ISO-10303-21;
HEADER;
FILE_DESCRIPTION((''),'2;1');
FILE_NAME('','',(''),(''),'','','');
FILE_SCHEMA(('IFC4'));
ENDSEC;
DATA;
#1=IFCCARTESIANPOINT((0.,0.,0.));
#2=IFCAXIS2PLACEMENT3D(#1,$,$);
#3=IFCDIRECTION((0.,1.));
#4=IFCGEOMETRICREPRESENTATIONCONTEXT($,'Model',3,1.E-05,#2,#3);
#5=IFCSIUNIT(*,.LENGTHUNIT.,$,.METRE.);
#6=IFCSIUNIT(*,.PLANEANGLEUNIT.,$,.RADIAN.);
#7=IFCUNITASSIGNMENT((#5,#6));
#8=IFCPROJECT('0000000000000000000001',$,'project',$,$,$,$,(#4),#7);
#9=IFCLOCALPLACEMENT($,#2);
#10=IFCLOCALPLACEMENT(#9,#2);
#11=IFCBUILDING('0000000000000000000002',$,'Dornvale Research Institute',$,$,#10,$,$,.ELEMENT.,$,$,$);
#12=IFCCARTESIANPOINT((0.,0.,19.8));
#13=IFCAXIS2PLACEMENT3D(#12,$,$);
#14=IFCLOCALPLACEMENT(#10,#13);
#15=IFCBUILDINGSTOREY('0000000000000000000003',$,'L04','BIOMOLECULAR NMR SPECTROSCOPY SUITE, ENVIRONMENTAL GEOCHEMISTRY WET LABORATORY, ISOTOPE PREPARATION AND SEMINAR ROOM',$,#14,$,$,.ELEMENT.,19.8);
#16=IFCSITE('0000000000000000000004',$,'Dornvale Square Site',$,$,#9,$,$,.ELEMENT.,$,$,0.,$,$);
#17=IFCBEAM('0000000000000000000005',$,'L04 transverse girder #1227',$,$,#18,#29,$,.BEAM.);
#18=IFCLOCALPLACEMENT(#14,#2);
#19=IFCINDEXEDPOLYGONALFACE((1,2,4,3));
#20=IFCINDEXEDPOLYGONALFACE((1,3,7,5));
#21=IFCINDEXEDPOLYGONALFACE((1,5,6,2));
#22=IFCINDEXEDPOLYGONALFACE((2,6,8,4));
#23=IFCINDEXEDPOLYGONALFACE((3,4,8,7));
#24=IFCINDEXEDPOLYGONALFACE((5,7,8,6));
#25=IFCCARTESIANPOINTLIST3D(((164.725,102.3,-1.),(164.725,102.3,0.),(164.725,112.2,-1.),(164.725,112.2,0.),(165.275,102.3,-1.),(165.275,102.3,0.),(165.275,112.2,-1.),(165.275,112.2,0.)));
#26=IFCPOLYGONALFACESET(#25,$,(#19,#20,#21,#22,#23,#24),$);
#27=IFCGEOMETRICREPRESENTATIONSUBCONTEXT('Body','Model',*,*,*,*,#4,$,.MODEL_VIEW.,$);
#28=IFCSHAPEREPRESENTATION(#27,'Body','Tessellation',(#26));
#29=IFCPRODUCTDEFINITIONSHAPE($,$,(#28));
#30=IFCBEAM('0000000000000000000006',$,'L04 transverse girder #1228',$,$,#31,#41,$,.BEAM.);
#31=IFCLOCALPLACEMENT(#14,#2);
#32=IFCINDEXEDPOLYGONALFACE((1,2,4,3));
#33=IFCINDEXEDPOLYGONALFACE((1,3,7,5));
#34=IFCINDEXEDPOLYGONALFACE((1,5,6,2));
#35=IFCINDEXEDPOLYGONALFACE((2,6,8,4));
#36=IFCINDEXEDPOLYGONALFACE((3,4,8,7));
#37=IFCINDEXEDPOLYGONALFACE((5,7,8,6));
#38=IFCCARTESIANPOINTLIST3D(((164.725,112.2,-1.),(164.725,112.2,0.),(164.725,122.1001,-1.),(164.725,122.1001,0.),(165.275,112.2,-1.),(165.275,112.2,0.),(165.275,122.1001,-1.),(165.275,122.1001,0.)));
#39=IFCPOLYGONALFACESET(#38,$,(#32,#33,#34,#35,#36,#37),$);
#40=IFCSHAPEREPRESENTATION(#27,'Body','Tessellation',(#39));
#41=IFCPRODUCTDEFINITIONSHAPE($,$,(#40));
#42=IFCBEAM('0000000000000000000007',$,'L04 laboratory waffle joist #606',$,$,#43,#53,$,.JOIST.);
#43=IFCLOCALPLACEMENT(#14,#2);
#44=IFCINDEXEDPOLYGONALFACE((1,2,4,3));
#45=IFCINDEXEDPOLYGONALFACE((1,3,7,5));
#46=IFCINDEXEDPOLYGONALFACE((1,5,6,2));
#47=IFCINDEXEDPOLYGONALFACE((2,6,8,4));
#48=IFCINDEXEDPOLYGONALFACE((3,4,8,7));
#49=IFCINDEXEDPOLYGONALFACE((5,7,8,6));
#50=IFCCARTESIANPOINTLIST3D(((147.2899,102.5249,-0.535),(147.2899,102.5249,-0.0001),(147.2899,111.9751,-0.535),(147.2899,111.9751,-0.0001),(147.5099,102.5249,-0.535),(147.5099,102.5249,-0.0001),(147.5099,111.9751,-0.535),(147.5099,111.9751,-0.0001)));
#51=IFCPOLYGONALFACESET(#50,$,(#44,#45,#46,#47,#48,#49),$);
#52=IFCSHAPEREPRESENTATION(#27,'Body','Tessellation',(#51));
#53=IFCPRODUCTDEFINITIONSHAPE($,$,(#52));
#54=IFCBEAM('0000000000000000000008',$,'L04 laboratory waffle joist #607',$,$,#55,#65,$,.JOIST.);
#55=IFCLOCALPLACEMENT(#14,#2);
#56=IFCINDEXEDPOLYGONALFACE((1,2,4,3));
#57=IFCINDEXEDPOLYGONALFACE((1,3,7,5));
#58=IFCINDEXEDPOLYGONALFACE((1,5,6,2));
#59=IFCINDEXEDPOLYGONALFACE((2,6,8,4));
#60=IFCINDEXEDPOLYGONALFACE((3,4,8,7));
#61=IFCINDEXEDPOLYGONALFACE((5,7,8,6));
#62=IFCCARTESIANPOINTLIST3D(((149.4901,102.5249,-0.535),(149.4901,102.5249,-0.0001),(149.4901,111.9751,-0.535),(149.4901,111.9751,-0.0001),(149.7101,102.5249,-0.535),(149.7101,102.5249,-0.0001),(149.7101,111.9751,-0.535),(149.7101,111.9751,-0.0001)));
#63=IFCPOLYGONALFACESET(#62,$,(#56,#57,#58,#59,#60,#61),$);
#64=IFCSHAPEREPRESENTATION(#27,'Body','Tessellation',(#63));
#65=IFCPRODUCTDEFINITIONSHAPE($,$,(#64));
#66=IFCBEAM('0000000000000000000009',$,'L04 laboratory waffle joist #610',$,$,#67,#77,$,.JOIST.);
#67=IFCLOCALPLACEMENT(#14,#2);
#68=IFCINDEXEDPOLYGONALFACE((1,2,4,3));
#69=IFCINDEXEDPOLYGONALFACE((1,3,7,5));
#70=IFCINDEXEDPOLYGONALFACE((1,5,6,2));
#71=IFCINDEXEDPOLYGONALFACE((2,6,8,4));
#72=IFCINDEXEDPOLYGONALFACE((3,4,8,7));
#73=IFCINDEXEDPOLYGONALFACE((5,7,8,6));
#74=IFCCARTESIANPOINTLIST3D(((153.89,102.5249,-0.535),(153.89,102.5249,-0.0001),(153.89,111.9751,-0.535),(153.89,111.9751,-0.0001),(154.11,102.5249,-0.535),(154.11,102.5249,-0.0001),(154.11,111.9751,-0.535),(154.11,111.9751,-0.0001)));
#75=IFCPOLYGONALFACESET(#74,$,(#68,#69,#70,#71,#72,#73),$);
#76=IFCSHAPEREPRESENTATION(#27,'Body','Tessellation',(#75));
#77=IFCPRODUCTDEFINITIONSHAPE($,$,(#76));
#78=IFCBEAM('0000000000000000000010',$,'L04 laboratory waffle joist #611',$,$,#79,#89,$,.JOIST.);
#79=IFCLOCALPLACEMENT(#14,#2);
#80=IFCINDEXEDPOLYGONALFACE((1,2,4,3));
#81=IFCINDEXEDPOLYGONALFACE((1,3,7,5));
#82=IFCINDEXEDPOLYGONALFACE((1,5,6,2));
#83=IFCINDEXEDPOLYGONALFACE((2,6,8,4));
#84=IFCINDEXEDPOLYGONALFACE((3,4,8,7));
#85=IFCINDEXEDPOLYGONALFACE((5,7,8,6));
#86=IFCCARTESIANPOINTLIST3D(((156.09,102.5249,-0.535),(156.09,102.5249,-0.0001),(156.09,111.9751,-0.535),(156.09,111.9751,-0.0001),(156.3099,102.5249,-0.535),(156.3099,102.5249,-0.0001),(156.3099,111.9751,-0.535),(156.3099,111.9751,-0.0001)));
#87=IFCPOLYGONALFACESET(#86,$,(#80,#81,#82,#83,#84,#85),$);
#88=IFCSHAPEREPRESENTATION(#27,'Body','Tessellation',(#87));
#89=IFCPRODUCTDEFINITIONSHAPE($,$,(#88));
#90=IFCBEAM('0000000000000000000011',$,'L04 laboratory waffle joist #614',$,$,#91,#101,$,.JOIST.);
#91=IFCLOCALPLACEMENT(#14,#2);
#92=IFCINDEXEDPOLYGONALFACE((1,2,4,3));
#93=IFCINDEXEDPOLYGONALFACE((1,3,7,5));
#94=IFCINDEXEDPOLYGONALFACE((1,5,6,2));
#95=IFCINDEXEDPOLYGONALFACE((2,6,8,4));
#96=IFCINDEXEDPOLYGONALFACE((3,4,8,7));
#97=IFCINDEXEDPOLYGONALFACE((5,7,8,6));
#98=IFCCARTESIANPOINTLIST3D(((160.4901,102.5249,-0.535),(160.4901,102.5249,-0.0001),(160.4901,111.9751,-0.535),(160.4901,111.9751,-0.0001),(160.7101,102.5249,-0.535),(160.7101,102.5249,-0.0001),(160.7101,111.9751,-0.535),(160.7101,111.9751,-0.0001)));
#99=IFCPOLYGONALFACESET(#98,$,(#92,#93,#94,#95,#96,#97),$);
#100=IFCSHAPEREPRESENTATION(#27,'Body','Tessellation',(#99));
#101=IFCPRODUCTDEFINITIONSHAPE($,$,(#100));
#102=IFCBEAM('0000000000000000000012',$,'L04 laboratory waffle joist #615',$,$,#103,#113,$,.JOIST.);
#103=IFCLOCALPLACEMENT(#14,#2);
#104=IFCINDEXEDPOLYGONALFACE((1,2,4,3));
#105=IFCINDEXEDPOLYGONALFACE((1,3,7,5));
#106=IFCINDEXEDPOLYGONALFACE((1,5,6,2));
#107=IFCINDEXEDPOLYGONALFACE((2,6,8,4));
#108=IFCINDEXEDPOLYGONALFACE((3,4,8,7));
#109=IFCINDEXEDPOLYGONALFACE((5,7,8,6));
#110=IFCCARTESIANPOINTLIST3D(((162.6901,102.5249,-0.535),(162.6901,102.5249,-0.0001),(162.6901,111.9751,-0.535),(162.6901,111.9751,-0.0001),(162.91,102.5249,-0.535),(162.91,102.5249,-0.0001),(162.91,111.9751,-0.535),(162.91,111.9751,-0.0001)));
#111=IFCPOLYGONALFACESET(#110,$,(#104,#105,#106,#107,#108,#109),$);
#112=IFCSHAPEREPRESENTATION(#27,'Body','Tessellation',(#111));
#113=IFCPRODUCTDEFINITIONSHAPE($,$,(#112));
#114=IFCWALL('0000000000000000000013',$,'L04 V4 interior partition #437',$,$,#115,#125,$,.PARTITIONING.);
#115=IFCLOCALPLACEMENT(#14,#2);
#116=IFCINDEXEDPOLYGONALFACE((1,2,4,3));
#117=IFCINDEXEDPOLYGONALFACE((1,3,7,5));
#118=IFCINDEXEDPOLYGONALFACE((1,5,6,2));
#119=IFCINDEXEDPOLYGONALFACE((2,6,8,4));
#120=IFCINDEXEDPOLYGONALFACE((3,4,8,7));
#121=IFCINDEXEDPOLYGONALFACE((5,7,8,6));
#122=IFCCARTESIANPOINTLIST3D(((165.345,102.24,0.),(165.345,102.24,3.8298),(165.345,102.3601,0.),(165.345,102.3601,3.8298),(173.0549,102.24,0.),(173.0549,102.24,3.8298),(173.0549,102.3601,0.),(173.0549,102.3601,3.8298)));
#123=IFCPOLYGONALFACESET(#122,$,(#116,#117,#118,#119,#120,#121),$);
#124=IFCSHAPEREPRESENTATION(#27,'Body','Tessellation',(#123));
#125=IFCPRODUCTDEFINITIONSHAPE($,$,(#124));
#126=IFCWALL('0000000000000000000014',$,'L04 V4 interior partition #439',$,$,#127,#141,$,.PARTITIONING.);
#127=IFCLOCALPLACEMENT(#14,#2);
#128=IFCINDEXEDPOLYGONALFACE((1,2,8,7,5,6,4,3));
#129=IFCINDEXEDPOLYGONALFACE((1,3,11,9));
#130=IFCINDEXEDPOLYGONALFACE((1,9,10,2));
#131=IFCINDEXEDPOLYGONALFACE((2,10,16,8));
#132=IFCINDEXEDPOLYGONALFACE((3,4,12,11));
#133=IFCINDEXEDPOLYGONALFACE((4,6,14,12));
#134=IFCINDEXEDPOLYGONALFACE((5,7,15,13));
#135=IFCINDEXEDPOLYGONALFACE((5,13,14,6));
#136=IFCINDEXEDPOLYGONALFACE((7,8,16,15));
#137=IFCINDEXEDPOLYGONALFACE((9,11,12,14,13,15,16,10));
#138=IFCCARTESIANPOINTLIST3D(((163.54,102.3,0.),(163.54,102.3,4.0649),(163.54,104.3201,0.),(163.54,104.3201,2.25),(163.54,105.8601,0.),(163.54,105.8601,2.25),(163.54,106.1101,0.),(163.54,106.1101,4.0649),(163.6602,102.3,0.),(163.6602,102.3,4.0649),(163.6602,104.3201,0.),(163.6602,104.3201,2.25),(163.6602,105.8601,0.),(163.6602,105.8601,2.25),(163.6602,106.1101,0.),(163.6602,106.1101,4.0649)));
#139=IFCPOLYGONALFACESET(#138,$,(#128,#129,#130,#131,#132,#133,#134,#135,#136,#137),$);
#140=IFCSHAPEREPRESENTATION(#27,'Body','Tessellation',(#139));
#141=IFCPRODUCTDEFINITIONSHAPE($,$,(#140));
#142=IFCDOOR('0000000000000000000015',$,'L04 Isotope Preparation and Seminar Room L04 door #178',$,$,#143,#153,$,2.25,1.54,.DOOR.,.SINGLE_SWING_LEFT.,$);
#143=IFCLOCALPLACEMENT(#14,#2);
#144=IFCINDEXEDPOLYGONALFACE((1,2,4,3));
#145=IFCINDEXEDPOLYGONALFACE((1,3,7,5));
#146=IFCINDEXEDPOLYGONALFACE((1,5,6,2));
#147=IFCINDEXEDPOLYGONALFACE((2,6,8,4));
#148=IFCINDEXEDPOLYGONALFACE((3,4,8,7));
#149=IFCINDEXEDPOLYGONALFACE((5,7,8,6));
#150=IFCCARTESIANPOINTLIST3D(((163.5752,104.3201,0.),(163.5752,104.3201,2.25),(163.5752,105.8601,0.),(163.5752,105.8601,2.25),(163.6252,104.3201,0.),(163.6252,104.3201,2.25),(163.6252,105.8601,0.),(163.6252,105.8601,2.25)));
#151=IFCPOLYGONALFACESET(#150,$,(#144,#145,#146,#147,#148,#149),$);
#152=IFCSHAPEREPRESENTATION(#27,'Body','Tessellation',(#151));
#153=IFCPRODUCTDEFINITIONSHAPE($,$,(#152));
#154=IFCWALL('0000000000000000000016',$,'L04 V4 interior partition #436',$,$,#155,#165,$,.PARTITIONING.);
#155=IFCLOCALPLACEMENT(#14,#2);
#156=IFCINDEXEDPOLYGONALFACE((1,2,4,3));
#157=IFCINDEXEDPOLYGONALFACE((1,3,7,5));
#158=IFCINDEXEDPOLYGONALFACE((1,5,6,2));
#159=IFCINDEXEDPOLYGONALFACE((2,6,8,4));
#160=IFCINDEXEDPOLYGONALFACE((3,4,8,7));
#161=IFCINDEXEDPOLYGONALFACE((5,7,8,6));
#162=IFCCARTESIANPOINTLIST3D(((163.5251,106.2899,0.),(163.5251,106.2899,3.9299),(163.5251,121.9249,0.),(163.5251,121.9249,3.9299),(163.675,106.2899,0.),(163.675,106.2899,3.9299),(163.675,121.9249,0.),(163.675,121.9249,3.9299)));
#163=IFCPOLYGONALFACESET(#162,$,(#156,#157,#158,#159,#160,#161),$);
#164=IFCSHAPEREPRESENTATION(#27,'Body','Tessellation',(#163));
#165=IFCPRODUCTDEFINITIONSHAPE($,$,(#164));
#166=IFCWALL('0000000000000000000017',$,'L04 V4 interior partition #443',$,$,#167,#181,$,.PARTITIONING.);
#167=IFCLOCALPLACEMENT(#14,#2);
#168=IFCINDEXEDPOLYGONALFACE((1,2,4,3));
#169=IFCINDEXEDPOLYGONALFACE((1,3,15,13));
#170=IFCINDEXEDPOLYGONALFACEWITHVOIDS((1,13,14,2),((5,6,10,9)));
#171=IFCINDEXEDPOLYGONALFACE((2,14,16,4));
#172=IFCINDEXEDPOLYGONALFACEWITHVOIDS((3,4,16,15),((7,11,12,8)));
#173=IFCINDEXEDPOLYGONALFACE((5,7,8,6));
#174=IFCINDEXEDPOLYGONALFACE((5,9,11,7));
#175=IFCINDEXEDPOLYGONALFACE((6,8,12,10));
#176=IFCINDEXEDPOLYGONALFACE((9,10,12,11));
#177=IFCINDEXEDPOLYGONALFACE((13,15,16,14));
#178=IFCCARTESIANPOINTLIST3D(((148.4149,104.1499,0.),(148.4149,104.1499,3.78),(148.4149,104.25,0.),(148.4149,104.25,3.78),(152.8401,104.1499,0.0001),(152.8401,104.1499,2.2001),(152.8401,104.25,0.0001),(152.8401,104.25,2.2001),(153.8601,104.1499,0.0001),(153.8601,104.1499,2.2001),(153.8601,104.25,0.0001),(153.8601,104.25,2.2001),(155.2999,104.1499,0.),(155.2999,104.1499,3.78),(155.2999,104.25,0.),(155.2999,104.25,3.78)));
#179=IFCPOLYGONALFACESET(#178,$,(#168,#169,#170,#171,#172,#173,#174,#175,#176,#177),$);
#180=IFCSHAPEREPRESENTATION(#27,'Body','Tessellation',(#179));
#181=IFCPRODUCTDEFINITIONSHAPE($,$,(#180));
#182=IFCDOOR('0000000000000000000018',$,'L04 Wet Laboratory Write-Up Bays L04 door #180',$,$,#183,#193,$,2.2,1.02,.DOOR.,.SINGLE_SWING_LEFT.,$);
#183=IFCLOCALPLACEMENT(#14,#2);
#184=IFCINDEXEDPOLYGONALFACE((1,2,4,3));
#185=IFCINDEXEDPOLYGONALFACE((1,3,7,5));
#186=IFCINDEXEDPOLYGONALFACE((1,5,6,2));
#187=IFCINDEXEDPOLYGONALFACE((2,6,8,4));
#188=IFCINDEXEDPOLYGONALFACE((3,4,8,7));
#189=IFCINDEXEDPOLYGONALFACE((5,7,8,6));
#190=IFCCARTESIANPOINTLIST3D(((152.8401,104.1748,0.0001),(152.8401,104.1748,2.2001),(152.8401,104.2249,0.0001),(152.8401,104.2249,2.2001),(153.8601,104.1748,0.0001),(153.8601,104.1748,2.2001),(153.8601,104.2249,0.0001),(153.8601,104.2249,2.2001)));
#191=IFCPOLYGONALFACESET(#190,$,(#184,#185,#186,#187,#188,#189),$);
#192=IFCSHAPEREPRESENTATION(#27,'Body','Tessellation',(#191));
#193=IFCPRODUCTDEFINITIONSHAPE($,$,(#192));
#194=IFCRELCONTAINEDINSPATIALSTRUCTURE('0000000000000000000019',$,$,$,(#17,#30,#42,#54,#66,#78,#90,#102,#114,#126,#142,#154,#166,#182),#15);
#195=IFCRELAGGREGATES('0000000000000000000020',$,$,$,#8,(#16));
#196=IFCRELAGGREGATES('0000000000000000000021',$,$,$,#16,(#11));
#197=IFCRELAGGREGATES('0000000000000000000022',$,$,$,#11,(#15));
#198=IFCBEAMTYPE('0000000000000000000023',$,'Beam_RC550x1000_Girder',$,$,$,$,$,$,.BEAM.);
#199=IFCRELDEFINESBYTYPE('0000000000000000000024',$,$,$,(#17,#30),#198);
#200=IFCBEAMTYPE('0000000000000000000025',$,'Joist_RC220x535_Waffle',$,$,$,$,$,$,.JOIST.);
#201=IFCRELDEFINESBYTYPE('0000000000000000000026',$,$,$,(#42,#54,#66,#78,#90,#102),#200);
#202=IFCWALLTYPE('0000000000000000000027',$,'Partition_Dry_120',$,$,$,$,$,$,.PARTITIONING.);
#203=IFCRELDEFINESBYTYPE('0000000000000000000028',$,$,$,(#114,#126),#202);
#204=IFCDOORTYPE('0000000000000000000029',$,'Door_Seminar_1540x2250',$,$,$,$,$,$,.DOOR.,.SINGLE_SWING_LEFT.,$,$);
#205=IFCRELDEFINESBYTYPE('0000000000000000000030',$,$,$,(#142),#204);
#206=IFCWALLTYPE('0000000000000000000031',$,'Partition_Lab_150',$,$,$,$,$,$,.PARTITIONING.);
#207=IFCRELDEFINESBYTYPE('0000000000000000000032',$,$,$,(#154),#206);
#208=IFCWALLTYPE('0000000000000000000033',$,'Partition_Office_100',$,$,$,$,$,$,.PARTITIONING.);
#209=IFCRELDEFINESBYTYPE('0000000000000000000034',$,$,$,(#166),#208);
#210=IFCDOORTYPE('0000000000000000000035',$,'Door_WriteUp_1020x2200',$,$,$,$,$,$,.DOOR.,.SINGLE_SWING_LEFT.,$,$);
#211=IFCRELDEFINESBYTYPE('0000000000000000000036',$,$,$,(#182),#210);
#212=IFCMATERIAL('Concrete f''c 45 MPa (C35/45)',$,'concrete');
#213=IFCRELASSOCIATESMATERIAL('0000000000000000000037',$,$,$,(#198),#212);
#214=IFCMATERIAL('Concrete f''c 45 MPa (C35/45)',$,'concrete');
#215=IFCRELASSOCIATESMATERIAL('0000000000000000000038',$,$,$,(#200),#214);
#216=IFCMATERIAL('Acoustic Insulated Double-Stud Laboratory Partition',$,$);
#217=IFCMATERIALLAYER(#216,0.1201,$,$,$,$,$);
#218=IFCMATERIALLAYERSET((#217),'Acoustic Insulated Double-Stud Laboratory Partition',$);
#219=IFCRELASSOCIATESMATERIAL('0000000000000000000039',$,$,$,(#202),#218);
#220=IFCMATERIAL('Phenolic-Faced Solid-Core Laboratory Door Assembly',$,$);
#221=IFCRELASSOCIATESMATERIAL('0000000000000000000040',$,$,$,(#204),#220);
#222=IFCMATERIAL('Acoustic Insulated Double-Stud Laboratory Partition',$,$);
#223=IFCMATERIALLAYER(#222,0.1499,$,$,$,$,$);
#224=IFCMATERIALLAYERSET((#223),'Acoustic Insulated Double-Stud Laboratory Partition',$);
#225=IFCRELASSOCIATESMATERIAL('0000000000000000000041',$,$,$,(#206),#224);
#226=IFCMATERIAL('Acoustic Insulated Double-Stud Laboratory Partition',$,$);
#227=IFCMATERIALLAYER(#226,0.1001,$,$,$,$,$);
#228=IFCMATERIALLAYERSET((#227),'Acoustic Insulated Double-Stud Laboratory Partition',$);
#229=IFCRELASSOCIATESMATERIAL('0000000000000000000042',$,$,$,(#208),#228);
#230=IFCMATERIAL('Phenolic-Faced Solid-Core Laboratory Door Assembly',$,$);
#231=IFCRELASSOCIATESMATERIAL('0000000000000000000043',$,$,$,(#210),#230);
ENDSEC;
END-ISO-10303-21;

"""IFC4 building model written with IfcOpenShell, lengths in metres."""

from ifc_helpers import new_model, si_unit, direction, frame, frame_2d, origin, origin_2d, place, context, subcontext, project, spatial, rectangle, extrude, material, layer, layer_set, material_profile, profile_set, type_object, element, fill, save


model = new_model("IFC4")

# Units and contexts
model_context = context("Model", 3, precision=1e-05, world=origin(), true_north=direction((0.0, 1.0)))
body_context = subcontext(model_context, "Body", "Model", "MODEL_VIEW")
ifc_project = project(units=[si_unit("LENGTHUNIT", "METRE"), si_unit("PLANEANGLEUNIT", "RADIAN")], contexts=[model_context])

# Site, building, storey
site_placement = place(None, origin())
site = spatial("IfcSite", under=ifc_project, at=site_placement, Name="Dornvale Square Site", CompositionType="ELEMENT", RefElevation=0.0)
building_placement = place(site_placement, origin())
building = spatial("IfcBuilding", under=site, at=building_placement, Name="Dornvale Research Institute", CompositionType="ELEMENT")
storey_placement = place(building_placement, frame((0.0, 0.0, 19.8)))
storey = spatial("IfcBuildingStorey", under=building, at=storey_placement, Name="L04", Description="BIOMOLECULAR NMR SPECTROSCOPY SUITE, ENVIRONMENTAL GEOCHEMISTRY WET LABORATORY, ISOTOPE PREPARATION AND SEMINAR ROOM", CompositionType="ELEMENT", Elevation=19.8)

# Beams
ifc_material_1 = material(Name="Concrete f'c 45 MPa (C35/45)", Category="concrete")
ifc_material_profile_1 = material_profile(ifc_material_1, rectangle(XDim=0.55, YDim=1.0, at=origin_2d()), Name="RC 550x1000")
ifc_profile_set_1 = profile_set([ifc_material_profile_1], Name="Concrete f'c 45 MPa (C35/45)")
beam_type_1 = type_object("IfcBeamType", Name="Beam_RC550x1000_Girder", PredefinedType="BEAM", material=ifc_profile_set_1)
beam_1_placement = place(storey_placement, frame((165.0, 102.3, -0.5), z_axis=(0.0, 1.0, 0.0), x_axis=(-1.0, 0.0, 0.0)))
element("IfcBeam", 1, at=beam_1_placement, inside=storey, type_object=beam_type_1, Name="L04 transverse girder #1227", PredefinedType="BEAM", context=body_context, shape_type="SweptSolid", body=[
    extrude(rectangle(XDim=0.55, YDim=1.0, at=origin_2d()), origin(), (0.0, 0.0, 1.0), 9.8999),
])
beam_2_placement = place(storey_placement, frame((165.0, 112.2, -0.5), z_axis=(0.0, 1.0, 0.0), x_axis=(-1.0, 0.0, 0.0)))
element("IfcBeam", 2, at=beam_2_placement, inside=storey, type_object=beam_type_1, Name="L04 transverse girder #1228", PredefinedType="BEAM", context=body_context, shape_type="SweptSolid", body=[
    extrude(rectangle(XDim=0.55, YDim=1.0, at=origin_2d()), origin(), (0.0, 0.0, 1.0), 9.9001),
])
ifc_material_2 = material(Name="Concrete f'c 45 MPa (C35/45)", Category="concrete")
ifc_material_profile_2 = material_profile(ifc_material_2, rectangle(XDim=0.22, YDim=0.5349, at=origin_2d()), Name="RC 220x535")
ifc_profile_set_2 = profile_set([ifc_material_profile_2], Name="Concrete f'c 45 MPa (C35/45)")
beam_type_2 = type_object("IfcBeamType", Name="Joist_RC220x535_Waffle", PredefinedType="JOIST", material=ifc_profile_set_2)
for number, where, z_axis, x_axis, name in (
    (3, (147.3999, 102.5249, -0.2676), (0.0, 1.0, 0.0), (-1.0, 0.0, 0.0), "L04 laboratory waffle joist #606"),
    (4, (149.6001, 102.5249, -0.2676), (0.0, 1.0, 0.0), (-1.0, 0.0, 0.0), "L04 laboratory waffle joist #607"),
    (5, (154.0, 102.5249, -0.2676), (0.0, 1.0, 0.0), (-1.0, 0.0, 0.0), "L04 laboratory waffle joist #610"),
    (6, (156.2, 102.5249, -0.2676), (0.0, 1.0, 0.0), (-1.0, 0.0, 0.0), "L04 laboratory waffle joist #611"),
    (7, (160.6001, 102.5249, -0.2676), (0.0, 1.0, 0.0), (-1.0, 0.0, 0.0), "L04 laboratory waffle joist #614"),
    (8, (162.8, 102.5249, -0.2676), (0.0, 1.0, 0.0), (-1.0, 0.0, 0.0), "L04 laboratory waffle joist #615"),
):
    element("IfcBeam", number, at=place(storey_placement, frame(where, z_axis=z_axis, x_axis=x_axis)), inside=storey, type_object=beam_type_2, Name=name, PredefinedType="JOIST", context=body_context, shape_type="SweptSolid", body=[
        extrude(rectangle(XDim=0.22, YDim=0.5349, at=origin_2d()), origin(), (0.0, 0.0, 1.0), 9.4502),
    ])

# Wall
ifc_material_3 = material(Name="Acoustic Insulated Double-Stud Laboratory Partition")
ifc_layer_1 = layer(ifc_material_3, 0.1201)
ifc_layer_set_1 = layer_set([ifc_layer_1], Name="Acoustic Insulated Double-Stud Laboratory Partition")
wall_type_1 = type_object("IfcWallType", Name="Partition_Dry_120", PredefinedType="PARTITIONING", material=ifc_layer_set_1)
wall_1_placement = place(storey_placement, frame((165.345, 102.3, 0.0), z_axis=(0.0, 0.0, 1.0), x_axis=(1.0, 0.0, 0.0)))
element("IfcWall", 9, at=wall_1_placement, inside=storey, type_object=wall_type_1, Name="L04 V4 interior partition #437", PredefinedType="PARTITIONING", context=body_context, shape_type="SweptSolid", body=[
    extrude(rectangle(XDim=7.71, YDim=0.1201, at=frame_2d((3.855, 0.0))), origin(), (0.0, 0.0, 1.0), 3.8298),
])

# Wall, opening, door
wall_2_placement = place(storey_placement, frame((163.6001, 102.3, 0.0), z_axis=(0.0, 0.0, 1.0), x_axis=(0.0, 1.0, 0.0)))
wall_2 = element("IfcWall", 10, at=wall_2_placement, inside=storey, type_object=wall_type_1, Name="L04 V4 interior partition #439", PredefinedType="PARTITIONING", context=body_context, shape_type="SweptSolid", body=[
    extrude(rectangle(XDim=3.8101, YDim=0.1201, at=frame_2d((1.905, 0.0))), origin(), (0.0, 0.0, 1.0), 4.0649),
])
opening_1_placement = place(wall_2_placement, frame((2.02, 0.0, 0.0)))
opening_1 = element("IfcOpeningElement", 11, at=opening_1_placement, cuts=wall_2, PredefinedType="OPENING", context=body_context, shape_type="SweptSolid", body=[
    extrude(rectangle(XDim=1.54, YDim=2.25, at=frame_2d((0.77, 1.125))), frame((0.0, 0.075, 0.0), z_axis=(0.0, -1.0, 0.0), x_axis=(1.0, 0.0, 0.0)), (0.0, 0.0, 1.0), 0.1501),
])
ifc_material_4 = material(Name="Phenolic-Faced Solid-Core Laboratory Door Assembly")
door_type_1 = type_object("IfcDoorType", Name="Door_Seminar_1540x2250", OperationType="SINGLE_SWING_LEFT", PredefinedType="DOOR", material=ifc_material_4)
door_1_placement = place(opening_1_placement, origin())
door_1 = element("IfcDoor", 12, at=door_1_placement, inside=storey, type_object=door_type_1, Name="L04 Isotope Preparation and Seminar Room L04 door #178", OperationType="SINGLE_SWING_LEFT", OverallHeight=2.25, OverallWidth=1.54, PredefinedType="DOOR", context=body_context, shape_type="SweptSolid", body=[
    extrude(rectangle(XDim=1.54, YDim=2.25, at=frame_2d((0.77, 1.125))), frame((0.0, 0.0249, 0.0), z_axis=(0.0, -1.0, 0.0), x_axis=(1.0, 0.0, 0.0)), (0.0, 0.0, 1.0), 0.05),
])
fill(opening_1, door_1)

# Wall
ifc_material_5 = material(Name="Acoustic Insulated Double-Stud Laboratory Partition")
ifc_layer_2 = layer(ifc_material_5, 0.1499)
ifc_layer_set_2 = layer_set([ifc_layer_2], Name="Acoustic Insulated Double-Stud Laboratory Partition")
wall_type_2 = type_object("IfcWallType", Name="Partition_Lab_150", PredefinedType="PARTITIONING", material=ifc_layer_set_2)
wall_3_placement = place(storey_placement, frame((163.6001, 106.29, 0.0), z_axis=(0.0, 0.0, 1.0), x_axis=(0.0, 1.0, 0.0)))
element("IfcWall", 13, at=wall_3_placement, inside=storey, type_object=wall_type_2, Name="L04 V4 interior partition #436", PredefinedType="PARTITIONING", context=body_context, shape_type="SweptSolid", body=[
    extrude(rectangle(XDim=15.635, YDim=0.1499, at=frame_2d((7.8174, 0.0))), origin(), (0.0, 0.0, 1.0), 3.9299),
])

# Wall, opening, door
ifc_material_6 = material(Name="Acoustic Insulated Double-Stud Laboratory Partition")
ifc_layer_3 = layer(ifc_material_6, 0.1001)
ifc_layer_set_3 = layer_set([ifc_layer_3], Name="Acoustic Insulated Double-Stud Laboratory Partition")
wall_type_3 = type_object("IfcWallType", Name="Partition_Office_100", PredefinedType="PARTITIONING", material=ifc_layer_set_3)
wall_4_placement = place(storey_placement, frame((148.415, 104.2, 0.0), z_axis=(0.0, 0.0, 1.0), x_axis=(1.0, 0.0, 0.0)))
wall_4 = element("IfcWall", 14, at=wall_4_placement, inside=storey, type_object=wall_type_3, Name="L04 V4 interior partition #443", PredefinedType="PARTITIONING", context=body_context, shape_type="SweptSolid", body=[
    extrude(rectangle(XDim=6.885, YDim=0.1001, at=frame_2d((3.4424, 0.0))), origin(), (0.0, 0.0, 1.0), 3.78),
])
opening_2_placement = place(wall_4_placement, frame((4.425, 0.0, 0.0)))
opening_2 = element("IfcOpeningElement", 15, at=opening_2_placement, cuts=wall_4, PredefinedType="OPENING", context=body_context, shape_type="SweptSolid", body=[
    extrude(rectangle(XDim=1.02, YDim=2.2, at=frame_2d((0.51, 1.1001))), frame((0.0, 0.0649, 0.0), z_axis=(0.0, -1.0, 0.0), x_axis=(1.0, 0.0, 0.0)), (0.0, 0.0, 1.0), 0.1301),
])
ifc_material_7 = material(Name="Phenolic-Faced Solid-Core Laboratory Door Assembly")
door_type_2 = type_object("IfcDoorType", Name="Door_WriteUp_1020x2200", OperationType="SINGLE_SWING_LEFT", PredefinedType="DOOR", material=ifc_material_7)
door_2_placement = place(opening_2_placement, origin())
door_2 = element("IfcDoor", 16, at=door_2_placement, inside=storey, type_object=door_type_2, Name="L04 Wet Laboratory Write-Up Bays L04 door #180", OperationType="SINGLE_SWING_LEFT", OverallHeight=2.2, OverallWidth=1.02, PredefinedType="DOOR", context=body_context, shape_type="SweptSolid", body=[
    extrude(rectangle(XDim=1.02, YDim=2.2, at=frame_2d((0.51, 1.1001))), frame((0.0, 0.0249, 0.0), z_axis=(0.0, -1.0, 0.0), x_axis=(1.0, 0.0, 0.0)), (0.0, 0.0, 1.0), 0.05),
])
fill(opening_2, door_2)

save(model, "model.ifc")
